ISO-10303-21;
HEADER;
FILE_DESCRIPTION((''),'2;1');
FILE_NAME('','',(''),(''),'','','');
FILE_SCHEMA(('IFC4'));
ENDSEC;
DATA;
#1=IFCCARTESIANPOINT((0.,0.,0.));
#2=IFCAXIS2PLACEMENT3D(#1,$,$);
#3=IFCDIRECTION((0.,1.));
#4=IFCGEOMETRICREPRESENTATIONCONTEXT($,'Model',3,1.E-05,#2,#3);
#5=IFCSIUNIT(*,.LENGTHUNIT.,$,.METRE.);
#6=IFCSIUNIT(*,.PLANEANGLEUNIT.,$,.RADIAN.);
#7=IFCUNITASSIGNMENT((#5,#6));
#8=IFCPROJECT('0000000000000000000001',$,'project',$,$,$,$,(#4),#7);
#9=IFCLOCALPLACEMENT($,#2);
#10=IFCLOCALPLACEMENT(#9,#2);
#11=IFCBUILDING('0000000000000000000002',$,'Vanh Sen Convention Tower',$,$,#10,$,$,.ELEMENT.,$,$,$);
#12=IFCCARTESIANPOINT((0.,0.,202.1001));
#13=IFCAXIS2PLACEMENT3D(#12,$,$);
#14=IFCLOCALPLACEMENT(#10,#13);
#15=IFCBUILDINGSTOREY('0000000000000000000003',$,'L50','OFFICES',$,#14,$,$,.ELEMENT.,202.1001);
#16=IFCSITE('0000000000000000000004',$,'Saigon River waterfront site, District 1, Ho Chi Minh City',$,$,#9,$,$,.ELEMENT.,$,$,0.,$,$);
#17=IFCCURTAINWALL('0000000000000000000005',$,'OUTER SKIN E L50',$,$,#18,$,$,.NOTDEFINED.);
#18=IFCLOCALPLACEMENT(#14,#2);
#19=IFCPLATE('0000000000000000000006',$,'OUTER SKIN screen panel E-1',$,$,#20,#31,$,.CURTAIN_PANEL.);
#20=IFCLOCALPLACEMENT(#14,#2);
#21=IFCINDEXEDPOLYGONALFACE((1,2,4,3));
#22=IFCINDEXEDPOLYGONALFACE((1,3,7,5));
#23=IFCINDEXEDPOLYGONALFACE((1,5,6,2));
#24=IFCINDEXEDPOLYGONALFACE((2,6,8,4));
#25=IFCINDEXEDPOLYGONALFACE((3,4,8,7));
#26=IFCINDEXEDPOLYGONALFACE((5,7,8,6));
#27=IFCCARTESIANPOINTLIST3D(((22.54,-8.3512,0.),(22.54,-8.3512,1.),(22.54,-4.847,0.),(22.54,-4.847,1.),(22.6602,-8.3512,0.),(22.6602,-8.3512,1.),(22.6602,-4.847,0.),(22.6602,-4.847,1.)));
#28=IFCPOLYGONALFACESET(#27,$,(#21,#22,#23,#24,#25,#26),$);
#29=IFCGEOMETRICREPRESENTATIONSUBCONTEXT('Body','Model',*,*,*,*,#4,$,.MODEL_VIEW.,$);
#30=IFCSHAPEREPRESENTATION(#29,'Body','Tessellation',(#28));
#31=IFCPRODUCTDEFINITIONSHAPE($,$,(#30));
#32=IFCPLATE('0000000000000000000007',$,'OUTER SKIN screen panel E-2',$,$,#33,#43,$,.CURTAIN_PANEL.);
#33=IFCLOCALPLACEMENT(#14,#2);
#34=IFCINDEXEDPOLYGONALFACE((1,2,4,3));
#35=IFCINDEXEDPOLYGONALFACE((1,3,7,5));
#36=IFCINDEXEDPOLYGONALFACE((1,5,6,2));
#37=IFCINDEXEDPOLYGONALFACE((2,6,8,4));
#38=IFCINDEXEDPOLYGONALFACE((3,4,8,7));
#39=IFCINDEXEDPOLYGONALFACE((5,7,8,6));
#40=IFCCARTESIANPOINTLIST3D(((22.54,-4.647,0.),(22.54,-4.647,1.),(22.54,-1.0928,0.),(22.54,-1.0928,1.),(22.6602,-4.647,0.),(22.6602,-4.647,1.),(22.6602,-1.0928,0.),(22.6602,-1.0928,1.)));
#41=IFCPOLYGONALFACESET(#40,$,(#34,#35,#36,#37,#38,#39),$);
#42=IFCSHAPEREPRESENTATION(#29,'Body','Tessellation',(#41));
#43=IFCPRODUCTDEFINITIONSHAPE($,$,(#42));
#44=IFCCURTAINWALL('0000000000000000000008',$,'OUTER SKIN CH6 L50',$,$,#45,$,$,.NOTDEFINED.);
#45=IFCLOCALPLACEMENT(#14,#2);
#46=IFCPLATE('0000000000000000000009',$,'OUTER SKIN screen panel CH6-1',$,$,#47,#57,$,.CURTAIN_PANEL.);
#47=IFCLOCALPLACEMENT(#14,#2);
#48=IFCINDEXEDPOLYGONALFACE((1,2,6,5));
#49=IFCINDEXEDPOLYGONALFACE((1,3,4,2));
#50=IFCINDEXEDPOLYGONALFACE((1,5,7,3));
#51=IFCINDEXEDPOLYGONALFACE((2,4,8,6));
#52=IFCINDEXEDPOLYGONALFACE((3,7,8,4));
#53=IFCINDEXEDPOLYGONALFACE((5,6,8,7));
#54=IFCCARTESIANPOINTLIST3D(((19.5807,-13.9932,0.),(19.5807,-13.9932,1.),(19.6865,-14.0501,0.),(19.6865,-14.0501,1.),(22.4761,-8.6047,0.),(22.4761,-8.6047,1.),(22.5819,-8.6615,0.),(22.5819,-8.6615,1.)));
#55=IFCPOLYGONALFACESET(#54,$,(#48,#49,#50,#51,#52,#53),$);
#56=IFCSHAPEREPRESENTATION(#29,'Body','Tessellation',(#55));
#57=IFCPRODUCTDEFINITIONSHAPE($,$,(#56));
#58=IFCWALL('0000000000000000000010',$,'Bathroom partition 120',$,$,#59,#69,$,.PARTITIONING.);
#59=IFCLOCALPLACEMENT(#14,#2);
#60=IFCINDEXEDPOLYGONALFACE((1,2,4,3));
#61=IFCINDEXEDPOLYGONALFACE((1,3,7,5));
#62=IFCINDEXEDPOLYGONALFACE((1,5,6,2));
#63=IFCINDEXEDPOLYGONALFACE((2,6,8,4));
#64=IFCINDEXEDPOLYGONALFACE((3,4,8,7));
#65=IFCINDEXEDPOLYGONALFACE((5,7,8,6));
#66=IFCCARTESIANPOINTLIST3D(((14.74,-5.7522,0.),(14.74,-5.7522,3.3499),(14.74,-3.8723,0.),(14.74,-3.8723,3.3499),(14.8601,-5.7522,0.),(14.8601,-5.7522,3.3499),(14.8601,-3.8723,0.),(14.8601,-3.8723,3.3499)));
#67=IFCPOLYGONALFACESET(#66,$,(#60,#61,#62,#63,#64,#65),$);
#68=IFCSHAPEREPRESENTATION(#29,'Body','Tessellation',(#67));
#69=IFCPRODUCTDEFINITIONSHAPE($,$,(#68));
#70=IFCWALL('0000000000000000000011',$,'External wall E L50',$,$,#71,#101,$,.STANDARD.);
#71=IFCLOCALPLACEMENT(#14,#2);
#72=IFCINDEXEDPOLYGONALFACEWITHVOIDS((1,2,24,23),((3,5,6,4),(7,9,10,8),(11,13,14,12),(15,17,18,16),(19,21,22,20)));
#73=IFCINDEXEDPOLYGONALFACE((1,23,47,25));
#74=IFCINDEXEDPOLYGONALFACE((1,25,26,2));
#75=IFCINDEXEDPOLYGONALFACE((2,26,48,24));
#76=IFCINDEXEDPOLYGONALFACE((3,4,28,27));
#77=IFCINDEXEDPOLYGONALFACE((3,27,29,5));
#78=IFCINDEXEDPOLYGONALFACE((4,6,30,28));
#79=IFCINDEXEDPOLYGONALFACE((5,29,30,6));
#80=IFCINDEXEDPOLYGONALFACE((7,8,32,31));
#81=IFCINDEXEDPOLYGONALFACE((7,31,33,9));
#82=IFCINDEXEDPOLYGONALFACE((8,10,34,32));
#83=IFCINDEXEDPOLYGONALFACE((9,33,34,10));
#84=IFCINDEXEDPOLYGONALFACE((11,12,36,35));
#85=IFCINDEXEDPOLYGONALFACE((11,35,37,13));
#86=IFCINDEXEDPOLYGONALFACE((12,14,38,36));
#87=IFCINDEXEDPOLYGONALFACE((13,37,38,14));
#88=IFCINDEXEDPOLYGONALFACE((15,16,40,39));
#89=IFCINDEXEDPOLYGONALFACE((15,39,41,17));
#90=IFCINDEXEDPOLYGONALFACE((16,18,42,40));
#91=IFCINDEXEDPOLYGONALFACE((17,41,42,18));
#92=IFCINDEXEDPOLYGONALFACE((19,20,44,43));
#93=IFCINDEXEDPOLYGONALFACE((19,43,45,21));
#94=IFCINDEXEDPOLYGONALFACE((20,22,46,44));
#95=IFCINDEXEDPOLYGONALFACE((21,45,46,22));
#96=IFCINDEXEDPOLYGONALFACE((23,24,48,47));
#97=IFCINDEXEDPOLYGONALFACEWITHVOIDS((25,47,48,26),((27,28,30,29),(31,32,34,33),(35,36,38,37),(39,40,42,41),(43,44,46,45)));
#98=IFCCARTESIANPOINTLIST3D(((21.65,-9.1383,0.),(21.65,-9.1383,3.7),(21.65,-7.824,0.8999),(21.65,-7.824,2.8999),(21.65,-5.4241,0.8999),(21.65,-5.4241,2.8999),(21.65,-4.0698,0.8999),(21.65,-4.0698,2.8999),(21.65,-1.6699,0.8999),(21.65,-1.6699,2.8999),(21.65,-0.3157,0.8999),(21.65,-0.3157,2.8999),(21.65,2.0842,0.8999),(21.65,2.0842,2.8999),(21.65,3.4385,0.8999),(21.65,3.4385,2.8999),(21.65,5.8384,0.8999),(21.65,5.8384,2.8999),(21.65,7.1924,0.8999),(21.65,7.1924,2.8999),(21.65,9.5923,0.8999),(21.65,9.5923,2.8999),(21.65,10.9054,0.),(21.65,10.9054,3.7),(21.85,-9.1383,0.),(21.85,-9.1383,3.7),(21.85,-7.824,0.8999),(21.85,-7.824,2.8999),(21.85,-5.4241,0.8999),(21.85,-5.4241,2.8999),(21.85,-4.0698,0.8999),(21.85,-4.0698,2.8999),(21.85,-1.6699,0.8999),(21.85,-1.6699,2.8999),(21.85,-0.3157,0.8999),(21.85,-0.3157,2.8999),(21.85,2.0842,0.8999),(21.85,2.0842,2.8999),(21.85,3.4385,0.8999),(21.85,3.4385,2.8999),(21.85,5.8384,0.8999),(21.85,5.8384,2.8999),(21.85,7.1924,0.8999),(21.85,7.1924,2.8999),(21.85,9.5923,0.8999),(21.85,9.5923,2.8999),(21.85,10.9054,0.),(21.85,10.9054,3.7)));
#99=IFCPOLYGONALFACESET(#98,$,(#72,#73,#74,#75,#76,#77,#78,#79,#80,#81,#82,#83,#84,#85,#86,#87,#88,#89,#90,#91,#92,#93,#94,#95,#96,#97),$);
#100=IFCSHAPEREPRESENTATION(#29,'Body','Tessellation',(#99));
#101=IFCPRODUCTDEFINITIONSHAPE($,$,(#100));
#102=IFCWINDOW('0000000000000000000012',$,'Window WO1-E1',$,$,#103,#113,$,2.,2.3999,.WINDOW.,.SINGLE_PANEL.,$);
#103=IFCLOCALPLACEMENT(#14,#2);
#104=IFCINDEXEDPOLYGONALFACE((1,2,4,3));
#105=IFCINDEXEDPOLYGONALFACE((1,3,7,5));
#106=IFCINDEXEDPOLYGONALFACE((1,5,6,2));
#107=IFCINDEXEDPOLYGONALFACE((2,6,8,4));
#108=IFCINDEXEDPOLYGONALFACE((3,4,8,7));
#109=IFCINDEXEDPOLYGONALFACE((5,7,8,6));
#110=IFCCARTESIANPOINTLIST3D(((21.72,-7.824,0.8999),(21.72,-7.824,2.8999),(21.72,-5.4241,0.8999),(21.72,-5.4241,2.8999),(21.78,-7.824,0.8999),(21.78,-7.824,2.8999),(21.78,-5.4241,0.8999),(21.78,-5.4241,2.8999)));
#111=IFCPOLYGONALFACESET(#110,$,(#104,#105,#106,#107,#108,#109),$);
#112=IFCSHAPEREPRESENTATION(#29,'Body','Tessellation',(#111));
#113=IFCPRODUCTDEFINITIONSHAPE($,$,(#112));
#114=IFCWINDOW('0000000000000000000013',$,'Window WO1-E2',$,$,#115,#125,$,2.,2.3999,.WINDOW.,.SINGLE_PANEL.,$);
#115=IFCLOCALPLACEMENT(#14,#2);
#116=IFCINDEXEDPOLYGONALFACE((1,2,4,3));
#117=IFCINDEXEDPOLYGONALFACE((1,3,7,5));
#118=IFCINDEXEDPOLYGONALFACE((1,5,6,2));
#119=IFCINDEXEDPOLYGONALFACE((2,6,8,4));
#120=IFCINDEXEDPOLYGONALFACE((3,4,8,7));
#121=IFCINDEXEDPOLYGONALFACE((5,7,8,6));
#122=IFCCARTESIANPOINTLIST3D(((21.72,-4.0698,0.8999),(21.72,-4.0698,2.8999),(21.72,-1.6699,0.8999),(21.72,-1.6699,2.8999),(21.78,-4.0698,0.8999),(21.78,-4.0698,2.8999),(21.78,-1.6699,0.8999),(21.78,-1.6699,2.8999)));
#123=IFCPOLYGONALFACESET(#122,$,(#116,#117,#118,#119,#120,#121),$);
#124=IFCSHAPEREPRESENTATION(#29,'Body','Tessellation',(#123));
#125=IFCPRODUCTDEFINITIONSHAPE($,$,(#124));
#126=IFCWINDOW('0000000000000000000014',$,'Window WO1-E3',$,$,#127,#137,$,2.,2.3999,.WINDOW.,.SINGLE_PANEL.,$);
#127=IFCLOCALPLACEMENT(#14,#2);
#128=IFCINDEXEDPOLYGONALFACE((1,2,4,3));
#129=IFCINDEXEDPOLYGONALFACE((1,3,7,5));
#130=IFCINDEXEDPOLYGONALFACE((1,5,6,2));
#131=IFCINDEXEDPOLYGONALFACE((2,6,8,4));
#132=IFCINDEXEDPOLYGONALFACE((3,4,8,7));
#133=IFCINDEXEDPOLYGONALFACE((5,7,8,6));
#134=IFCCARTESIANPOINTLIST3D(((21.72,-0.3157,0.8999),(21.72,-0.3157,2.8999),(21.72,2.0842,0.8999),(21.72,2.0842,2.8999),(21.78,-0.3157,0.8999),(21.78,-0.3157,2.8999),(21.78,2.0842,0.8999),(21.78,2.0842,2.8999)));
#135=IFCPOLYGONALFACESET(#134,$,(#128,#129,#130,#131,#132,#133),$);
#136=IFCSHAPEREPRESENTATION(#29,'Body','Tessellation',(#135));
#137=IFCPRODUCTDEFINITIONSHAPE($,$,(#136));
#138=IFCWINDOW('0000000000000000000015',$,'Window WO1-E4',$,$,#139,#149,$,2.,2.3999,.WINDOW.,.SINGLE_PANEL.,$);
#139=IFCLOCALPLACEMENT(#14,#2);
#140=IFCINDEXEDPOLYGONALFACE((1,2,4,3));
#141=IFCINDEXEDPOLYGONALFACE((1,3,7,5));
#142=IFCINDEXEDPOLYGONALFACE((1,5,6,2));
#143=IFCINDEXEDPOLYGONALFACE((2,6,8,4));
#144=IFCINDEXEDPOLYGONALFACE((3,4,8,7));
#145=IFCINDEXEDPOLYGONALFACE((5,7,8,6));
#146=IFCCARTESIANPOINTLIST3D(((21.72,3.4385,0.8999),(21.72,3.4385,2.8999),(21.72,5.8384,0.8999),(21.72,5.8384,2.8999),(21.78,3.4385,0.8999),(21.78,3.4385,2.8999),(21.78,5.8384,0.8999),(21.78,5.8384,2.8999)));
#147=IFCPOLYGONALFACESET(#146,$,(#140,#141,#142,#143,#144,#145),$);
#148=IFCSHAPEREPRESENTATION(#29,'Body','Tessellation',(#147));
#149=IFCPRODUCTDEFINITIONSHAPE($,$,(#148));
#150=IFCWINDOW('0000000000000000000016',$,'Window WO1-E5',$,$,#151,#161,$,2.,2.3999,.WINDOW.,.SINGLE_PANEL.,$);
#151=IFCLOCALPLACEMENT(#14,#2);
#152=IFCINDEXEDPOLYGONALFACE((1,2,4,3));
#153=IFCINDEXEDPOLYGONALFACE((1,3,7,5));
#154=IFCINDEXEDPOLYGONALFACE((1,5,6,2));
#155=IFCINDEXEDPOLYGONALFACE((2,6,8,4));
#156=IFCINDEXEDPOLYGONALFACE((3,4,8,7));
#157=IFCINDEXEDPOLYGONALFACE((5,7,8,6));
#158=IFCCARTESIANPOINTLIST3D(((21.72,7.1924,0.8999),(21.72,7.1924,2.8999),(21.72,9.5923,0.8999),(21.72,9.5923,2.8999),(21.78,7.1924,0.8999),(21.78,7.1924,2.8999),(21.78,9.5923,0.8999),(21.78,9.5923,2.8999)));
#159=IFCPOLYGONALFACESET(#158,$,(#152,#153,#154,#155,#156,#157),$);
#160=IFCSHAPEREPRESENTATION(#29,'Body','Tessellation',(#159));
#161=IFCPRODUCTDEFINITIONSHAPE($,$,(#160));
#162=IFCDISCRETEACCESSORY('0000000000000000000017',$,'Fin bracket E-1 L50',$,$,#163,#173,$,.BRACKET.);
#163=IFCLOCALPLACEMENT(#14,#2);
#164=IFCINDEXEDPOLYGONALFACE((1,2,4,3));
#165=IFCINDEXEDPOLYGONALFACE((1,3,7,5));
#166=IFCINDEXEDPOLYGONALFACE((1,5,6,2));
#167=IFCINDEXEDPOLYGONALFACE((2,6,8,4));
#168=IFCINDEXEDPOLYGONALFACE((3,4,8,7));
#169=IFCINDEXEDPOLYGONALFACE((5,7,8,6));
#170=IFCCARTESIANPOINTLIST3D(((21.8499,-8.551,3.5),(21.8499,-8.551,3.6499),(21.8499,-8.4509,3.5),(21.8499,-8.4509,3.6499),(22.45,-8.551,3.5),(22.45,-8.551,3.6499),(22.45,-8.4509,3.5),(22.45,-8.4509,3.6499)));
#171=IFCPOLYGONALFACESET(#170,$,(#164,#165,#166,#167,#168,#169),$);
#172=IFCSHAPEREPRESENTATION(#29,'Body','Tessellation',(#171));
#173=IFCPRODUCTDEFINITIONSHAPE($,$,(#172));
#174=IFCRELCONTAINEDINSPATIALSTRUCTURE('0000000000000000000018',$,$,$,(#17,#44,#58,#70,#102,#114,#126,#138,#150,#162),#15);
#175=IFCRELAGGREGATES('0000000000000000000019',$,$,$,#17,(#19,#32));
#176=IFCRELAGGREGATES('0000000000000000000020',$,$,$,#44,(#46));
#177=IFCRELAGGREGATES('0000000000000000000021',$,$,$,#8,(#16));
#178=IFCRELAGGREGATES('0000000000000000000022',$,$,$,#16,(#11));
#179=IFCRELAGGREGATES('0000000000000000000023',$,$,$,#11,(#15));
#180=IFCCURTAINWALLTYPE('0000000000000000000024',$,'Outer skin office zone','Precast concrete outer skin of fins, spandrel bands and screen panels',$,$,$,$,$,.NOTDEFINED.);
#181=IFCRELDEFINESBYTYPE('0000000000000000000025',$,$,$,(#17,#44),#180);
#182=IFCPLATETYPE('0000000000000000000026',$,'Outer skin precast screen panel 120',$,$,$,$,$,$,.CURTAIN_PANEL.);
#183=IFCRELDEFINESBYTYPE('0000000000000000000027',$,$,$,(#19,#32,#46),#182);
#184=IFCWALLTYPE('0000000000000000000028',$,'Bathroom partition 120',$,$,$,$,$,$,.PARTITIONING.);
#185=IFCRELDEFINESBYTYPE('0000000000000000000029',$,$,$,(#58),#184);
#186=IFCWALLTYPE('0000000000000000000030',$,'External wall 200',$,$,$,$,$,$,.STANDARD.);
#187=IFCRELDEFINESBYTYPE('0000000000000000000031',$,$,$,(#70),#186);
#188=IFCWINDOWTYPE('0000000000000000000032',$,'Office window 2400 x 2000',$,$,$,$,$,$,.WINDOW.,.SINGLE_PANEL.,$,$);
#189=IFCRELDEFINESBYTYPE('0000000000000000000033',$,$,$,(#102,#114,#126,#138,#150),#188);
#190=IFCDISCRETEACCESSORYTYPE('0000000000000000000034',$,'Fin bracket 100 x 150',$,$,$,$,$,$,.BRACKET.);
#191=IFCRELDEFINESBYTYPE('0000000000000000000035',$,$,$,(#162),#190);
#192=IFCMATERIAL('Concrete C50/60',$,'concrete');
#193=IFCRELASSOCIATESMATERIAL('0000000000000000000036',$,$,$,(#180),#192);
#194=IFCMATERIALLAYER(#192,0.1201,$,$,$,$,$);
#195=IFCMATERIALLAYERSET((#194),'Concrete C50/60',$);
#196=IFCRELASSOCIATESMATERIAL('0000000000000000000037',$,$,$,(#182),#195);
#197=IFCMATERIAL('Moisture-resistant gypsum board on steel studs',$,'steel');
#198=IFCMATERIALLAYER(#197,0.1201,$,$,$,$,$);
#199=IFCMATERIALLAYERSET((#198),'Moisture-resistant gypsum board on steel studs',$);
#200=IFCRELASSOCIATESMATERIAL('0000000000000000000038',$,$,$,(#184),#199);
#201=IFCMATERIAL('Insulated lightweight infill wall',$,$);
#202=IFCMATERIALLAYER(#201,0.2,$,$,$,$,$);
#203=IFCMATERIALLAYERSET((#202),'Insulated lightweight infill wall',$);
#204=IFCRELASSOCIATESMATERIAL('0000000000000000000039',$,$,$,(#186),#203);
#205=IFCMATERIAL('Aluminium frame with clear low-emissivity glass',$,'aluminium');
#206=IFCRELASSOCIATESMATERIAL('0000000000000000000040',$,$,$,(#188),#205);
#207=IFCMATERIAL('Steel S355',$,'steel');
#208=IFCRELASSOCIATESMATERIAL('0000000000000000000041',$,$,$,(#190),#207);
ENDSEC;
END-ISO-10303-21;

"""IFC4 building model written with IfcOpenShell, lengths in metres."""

from ifc_helpers import new_model, si_unit, direction, frame, frame_2d, origin, origin_2d, place, context, subcontext, project, spatial, rectangle, extrude, material, layer, layer_set, type_object, element, fill, aggregate, save


model = new_model("IFC4")

# Units and contexts
model_context = context("Model", 3, precision=1e-05, world=origin(), true_north=direction((0.0, 1.0)))
body_context = subcontext(model_context, "Body", "Model", "MODEL_VIEW")
ifc_project = project(units=[si_unit("LENGTHUNIT", "METRE"), si_unit("PLANEANGLEUNIT", "RADIAN")], contexts=[model_context])

# Site, building, storey
site_placement = place(None, origin())
site = spatial("IfcSite", under=ifc_project, at=site_placement, Name="Saigon River waterfront site, District 1, Ho Chi Minh City", CompositionType="ELEMENT", RefElevation=0.0)
building_placement = place(site_placement, origin())
building = spatial("IfcBuilding", under=site, at=building_placement, Name="Vanh Sen Convention Tower", CompositionType="ELEMENT")
storey_placement = place(building_placement, frame((0.0, 0.0, 202.1001)))
storey = spatial("IfcBuildingStorey", under=building, at=storey_placement, Name="L50", Description="OFFICES", CompositionType="ELEMENT", Elevation=202.1001)

# Curtain wall
ifc_material_1 = material(Name="Concrete C50/60", Category="concrete")
curtain_wall_type = type_object("IfcCurtainWallType", Name="Outer skin office zone", Description="Precast concrete outer skin of fins, spandrel bands and screen panels", PredefinedType="NOTDEFINED", material=ifc_material_1)
curtain_wall_1_placement = place(storey_placement, origin())
curtain_wall_1 = element("IfcCurtainWall", 1, at=curtain_wall_1_placement, inside=storey, type_object=curtain_wall_type, Name="OUTER SKIN E L50", PredefinedType="NOTDEFINED")

# Plates
ifc_layer_1 = layer(ifc_material_1, 0.1201)
ifc_layer_set_1 = layer_set([ifc_layer_1], Name="Concrete C50/60")
plate_type = type_object("IfcPlateType", Name="Outer skin precast screen panel 120", PredefinedType="CURTAIN_PANEL", material=ifc_layer_set_1)
plate_1_placement = place(storey_placement, frame((22.6001, -6.5991, 0.0), z_axis=(0.0, 0.0, 1.0), x_axis=(0.0, 1.0, 0.0)))
plate_1 = element("IfcPlate", 2, at=plate_1_placement, type_object=plate_type, Name="OUTER SKIN screen panel E-1", PredefinedType="CURTAIN_PANEL", context=body_context, shape_type="SweptSolid", body=[
    extrude(rectangle(XDim=3.5042, YDim=0.1201, at=origin_2d()), origin(), (0.0, 0.0, 1.0), 1.0),
])
plate_2_placement = place(storey_placement, frame((22.6001, -2.8699, 0.0), z_axis=(0.0, 0.0, 1.0), x_axis=(0.0, 1.0, 0.0)))
plate_2 = element("IfcPlate", 3, at=plate_2_placement, type_object=plate_type, Name="OUTER SKIN screen panel E-2", PredefinedType="CURTAIN_PANEL", context=body_context, shape_type="SweptSolid", body=[
    extrude(rectangle(XDim=3.5542, YDim=0.1201, at=origin_2d()), origin(), (0.0, 0.0, 1.0), 1.0),
])
aggregate(curtain_wall_1, [plate_1, plate_2])

# Curtain wall, plate
curtain_wall_2_placement = place(storey_placement, origin())
curtain_wall_2 = element("IfcCurtainWall", 4, at=curtain_wall_2_placement, inside=storey, type_object=curtain_wall_type, Name="OUTER SKIN CH6 L50", PredefinedType="NOTDEFINED")
plate_3_placement = place(storey_placement, frame((21.0813, -11.3274, 0.0), z_axis=(0.0, 0.0, 1.0), x_axis=(0.473321, 0.88089, 0.0)))
plate_3 = element("IfcPlate", 5, at=plate_3_placement, type_object=plate_type, Name="OUTER SKIN screen panel CH6-1", PredefinedType="CURTAIN_PANEL", context=body_context, shape_type="SweptSolid", body=[
    extrude(rectangle(XDim=6.1172, YDim=0.1201, at=origin_2d()), origin(), (0.0, 0.0, 1.0), 1.0),
])
aggregate(curtain_wall_2, [plate_3])

# Wall
ifc_material_2 = material(Name="Moisture-resistant gypsum board on steel studs", Category="steel")
ifc_layer_2 = layer(ifc_material_2, 0.1201)
ifc_layer_set_2 = layer_set([ifc_layer_2], Name="Moisture-resistant gypsum board on steel studs")
wall_type_1 = type_object("IfcWallType", Name="Bathroom partition 120", PredefinedType="PARTITIONING", material=ifc_layer_set_2)
wall_1_placement = place(storey_placement, frame((14.8, -3.8723, 0.0), z_axis=(0.0, 0.0, 1.0), x_axis=(0.0, -1.0, 0.0)))
element("IfcWall", 6, at=wall_1_placement, inside=storey, type_object=wall_type_1, Name="Bathroom partition 120", PredefinedType="PARTITIONING", context=body_context, shape_type="SweptSolid", body=[
    extrude(rectangle(XDim=1.8799, YDim=0.1201, at=frame_2d((0.9399, 0.0))), origin(), (0.0, 0.0, 1.0), 3.3499),
])

# Wall, openings, windows
ifc_material_3 = material(Name="Insulated lightweight infill wall")
ifc_layer_3 = layer(ifc_material_3, 0.2)
ifc_layer_set_3 = layer_set([ifc_layer_3], Name="Insulated lightweight infill wall")
wall_type_2 = type_object("IfcWallType", Name="External wall 200", PredefinedType="STANDARD", material=ifc_layer_set_3)
wall_2_placement = place(storey_placement, frame((21.75, -9.1384, 0.0), z_axis=(0.0, 0.0, 1.0), x_axis=(0.0, 1.0, 0.0)))
wall_2 = element("IfcWall", 7, at=wall_2_placement, inside=storey, type_object=wall_type_2, Name="External wall E L50", PredefinedType="STANDARD", context=body_context, shape_type="SweptSolid", body=[
    extrude(rectangle(XDim=20.0437, YDim=0.2, at=frame_2d((10.022, 0.0))), origin(), (0.0, 0.0, 1.0), 3.7),
])
opening_1_placement = place(wall_2_placement, frame((1.3145, 0.0, 0.8999)))
opening_1 = element("IfcOpeningElement", 8, at=opening_1_placement, cuts=wall_2, PredefinedType="OPENING", context=body_context, shape_type="SweptSolid", body=[
    extrude(rectangle(XDim=2.3999, YDim=2.0, at=frame_2d((1.2, 1.0))), frame((0.0, 0.1099, 0.0), z_axis=(0.0, -1.0, 0.0), x_axis=(1.0, 0.0, 0.0)), (0.0, 0.0, 1.0), 0.22),
])
opening_2_placement = place(wall_2_placement, frame((5.0686, 0.0, 0.8999)))
opening_2 = element("IfcOpeningElement", 9, at=opening_2_placement, cuts=wall_2, PredefinedType="OPENING", context=body_context, shape_type="SweptSolid", body=[
    extrude(rectangle(XDim=2.3999, YDim=2.0, at=frame_2d((1.2, 1.0))), frame((0.0, 0.1099, 0.0), z_axis=(0.0, -1.0, 0.0), x_axis=(1.0, 0.0, 0.0)), (0.0, 0.0, 1.0), 0.22),
])
opening_3_placement = place(wall_2_placement, frame((8.8228, 0.0, 0.8999)))
opening_3 = element("IfcOpeningElement", 10, at=opening_3_placement, cuts=wall_2, PredefinedType="OPENING", context=body_context, shape_type="SweptSolid", body=[
    extrude(rectangle(XDim=2.3999, YDim=2.0, at=frame_2d((1.2, 1.0))), frame((0.0, 0.1099, 0.0), z_axis=(0.0, -1.0, 0.0), x_axis=(1.0, 0.0, 0.0)), (0.0, 0.0, 1.0), 0.22),
])
opening_4_placement = place(wall_2_placement, frame((12.5769, 0.0, 0.8999)))
opening_4 = element("IfcOpeningElement", 11, at=opening_4_placement, cuts=wall_2, PredefinedType="OPENING", context=body_context, shape_type="SweptSolid", body=[
    extrude(rectangle(XDim=2.3999, YDim=2.0, at=frame_2d((1.2, 1.0))), frame((0.0, 0.1099, 0.0), z_axis=(0.0, -1.0, 0.0), x_axis=(1.0, 0.0, 0.0)), (0.0, 0.0, 1.0), 0.22),
])
opening_5_placement = place(wall_2_placement, frame((16.3308, 0.0, 0.8999)))
opening_5 = element("IfcOpeningElement", 12, at=opening_5_placement, cuts=wall_2, PredefinedType="OPENING", context=body_context, shape_type="SweptSolid", body=[
    extrude(rectangle(XDim=2.3999, YDim=2.0, at=frame_2d((1.2, 1.0))), frame((0.0, 0.1099, 0.0), z_axis=(0.0, -1.0, 0.0), x_axis=(1.0, 0.0, 0.0)), (0.0, 0.0, 1.0), 0.22),
])
ifc_material_4 = material(Name="Aluminium frame with clear low-emissivity glass", Category="aluminium")
window_type = type_object("IfcWindowType", Name="Office window 2400 x 2000", PartitioningType="SINGLE_PANEL", PredefinedType="WINDOW", material=ifc_material_4)
window_1_placement = place(opening_1_placement, origin())
window_1 = element("IfcWindow", 13, at=window_1_placement, inside=storey, type_object=window_type, Name="Window WO1-E1", OverallHeight=2.0, OverallWidth=2.3999, PartitioningType="SINGLE_PANEL", PredefinedType="WINDOW", context=body_context, shape_type="SweptSolid", body=[
    extrude(rectangle(XDim=2.3999, YDim=2.0, at=frame_2d((1.2, 1.0))), frame((0.0, 0.03, 0.0), z_axis=(0.0, -1.0, 0.0), x_axis=(1.0, 0.0, 0.0)), (0.0, 0.0, 1.0), 0.0601),
])
fill(opening_1, window_1)
window_2_placement = place(opening_2_placement, origin())
window_2 = element("IfcWindow", 14, at=window_2_placement, inside=storey, type_object=window_type, Name="Window WO1-E2", OverallHeight=2.0, OverallWidth=2.3999, PartitioningType="SINGLE_PANEL", PredefinedType="WINDOW", context=body_context, shape_type="SweptSolid", body=[
    extrude(rectangle(XDim=2.3999, YDim=2.0, at=frame_2d((1.2, 1.0))), frame((0.0, 0.03, 0.0), z_axis=(0.0, -1.0, 0.0), x_axis=(1.0, 0.0, 0.0)), (0.0, 0.0, 1.0), 0.0601),
])
fill(opening_2, window_2)
window_3_placement = place(opening_3_placement, origin())
window_3 = element("IfcWindow", 15, at=window_3_placement, inside=storey, type_object=window_type, Name="Window WO1-E3", OverallHeight=2.0, OverallWidth=2.3999, PartitioningType="SINGLE_PANEL", PredefinedType="WINDOW", context=body_context, shape_type="SweptSolid", body=[
    extrude(rectangle(XDim=2.3999, YDim=2.0, at=frame_2d((1.2, 1.0))), frame((0.0, 0.03, 0.0), z_axis=(0.0, -1.0, 0.0), x_axis=(1.0, 0.0, 0.0)), (0.0, 0.0, 1.0), 0.0601),
])
fill(opening_3, window_3)
window_4_placement = place(opening_4_placement, origin())
window_4 = element("IfcWindow", 16, at=window_4_placement, inside=storey, type_object=window_type, Name="Window WO1-E4", OverallHeight=2.0, OverallWidth=2.3999, PartitioningType="SINGLE_PANEL", PredefinedType="WINDOW", context=body_context, shape_type="SweptSolid", body=[
    extrude(rectangle(XDim=2.3999, YDim=2.0, at=frame_2d((1.2, 1.0))), frame((0.0, 0.03, 0.0), z_axis=(0.0, -1.0, 0.0), x_axis=(1.0, 0.0, 0.0)), (0.0, 0.0, 1.0), 0.0601),
])
fill(opening_4, window_4)
window_5_placement = place(opening_5_placement, origin())
window_5 = element("IfcWindow", 17, at=window_5_placement, inside=storey, type_object=window_type, Name="Window WO1-E5", OverallHeight=2.0, OverallWidth=2.3999, PartitioningType="SINGLE_PANEL", PredefinedType="WINDOW", context=body_context, shape_type="SweptSolid", body=[
    extrude(rectangle(XDim=2.3999, YDim=2.0, at=frame_2d((1.2, 1.0))), frame((0.0, 0.03, 0.0), z_axis=(0.0, -1.0, 0.0), x_axis=(1.0, 0.0, 0.0)), (0.0, 0.0, 1.0), 0.0601),
])
fill(opening_5, window_5)

# Discrete accessory
ifc_material_5 = material(Name="Steel S355", Category="steel")
discrete_accessory_type = type_object("IfcDiscreteAccessoryType", Name="Fin bracket 100 x 150", PredefinedType="BRACKET", material=ifc_material_5)
for number, where, z_axis, x_axis, name in (
    (18, (22.1499, -8.501, 3.5), (0.0, 0.0, 1.0), (1.0, 0.0, 0.0), "Fin bracket E-1 L50"),
):
    element("IfcDiscreteAccessory", number, at=place(storey_placement, frame(where, z_axis=z_axis, x_axis=x_axis)), inside=storey, type_object=discrete_accessory_type, Name=name, PredefinedType="BRACKET", context=body_context, shape_type="SweptSolid", body=[
        extrude(rectangle(XDim=0.6001, YDim=0.1001, at=origin_2d()), origin(), (0.0, 0.0, 1.0), 0.1499),
    ])

save(model, "model.ifc")
